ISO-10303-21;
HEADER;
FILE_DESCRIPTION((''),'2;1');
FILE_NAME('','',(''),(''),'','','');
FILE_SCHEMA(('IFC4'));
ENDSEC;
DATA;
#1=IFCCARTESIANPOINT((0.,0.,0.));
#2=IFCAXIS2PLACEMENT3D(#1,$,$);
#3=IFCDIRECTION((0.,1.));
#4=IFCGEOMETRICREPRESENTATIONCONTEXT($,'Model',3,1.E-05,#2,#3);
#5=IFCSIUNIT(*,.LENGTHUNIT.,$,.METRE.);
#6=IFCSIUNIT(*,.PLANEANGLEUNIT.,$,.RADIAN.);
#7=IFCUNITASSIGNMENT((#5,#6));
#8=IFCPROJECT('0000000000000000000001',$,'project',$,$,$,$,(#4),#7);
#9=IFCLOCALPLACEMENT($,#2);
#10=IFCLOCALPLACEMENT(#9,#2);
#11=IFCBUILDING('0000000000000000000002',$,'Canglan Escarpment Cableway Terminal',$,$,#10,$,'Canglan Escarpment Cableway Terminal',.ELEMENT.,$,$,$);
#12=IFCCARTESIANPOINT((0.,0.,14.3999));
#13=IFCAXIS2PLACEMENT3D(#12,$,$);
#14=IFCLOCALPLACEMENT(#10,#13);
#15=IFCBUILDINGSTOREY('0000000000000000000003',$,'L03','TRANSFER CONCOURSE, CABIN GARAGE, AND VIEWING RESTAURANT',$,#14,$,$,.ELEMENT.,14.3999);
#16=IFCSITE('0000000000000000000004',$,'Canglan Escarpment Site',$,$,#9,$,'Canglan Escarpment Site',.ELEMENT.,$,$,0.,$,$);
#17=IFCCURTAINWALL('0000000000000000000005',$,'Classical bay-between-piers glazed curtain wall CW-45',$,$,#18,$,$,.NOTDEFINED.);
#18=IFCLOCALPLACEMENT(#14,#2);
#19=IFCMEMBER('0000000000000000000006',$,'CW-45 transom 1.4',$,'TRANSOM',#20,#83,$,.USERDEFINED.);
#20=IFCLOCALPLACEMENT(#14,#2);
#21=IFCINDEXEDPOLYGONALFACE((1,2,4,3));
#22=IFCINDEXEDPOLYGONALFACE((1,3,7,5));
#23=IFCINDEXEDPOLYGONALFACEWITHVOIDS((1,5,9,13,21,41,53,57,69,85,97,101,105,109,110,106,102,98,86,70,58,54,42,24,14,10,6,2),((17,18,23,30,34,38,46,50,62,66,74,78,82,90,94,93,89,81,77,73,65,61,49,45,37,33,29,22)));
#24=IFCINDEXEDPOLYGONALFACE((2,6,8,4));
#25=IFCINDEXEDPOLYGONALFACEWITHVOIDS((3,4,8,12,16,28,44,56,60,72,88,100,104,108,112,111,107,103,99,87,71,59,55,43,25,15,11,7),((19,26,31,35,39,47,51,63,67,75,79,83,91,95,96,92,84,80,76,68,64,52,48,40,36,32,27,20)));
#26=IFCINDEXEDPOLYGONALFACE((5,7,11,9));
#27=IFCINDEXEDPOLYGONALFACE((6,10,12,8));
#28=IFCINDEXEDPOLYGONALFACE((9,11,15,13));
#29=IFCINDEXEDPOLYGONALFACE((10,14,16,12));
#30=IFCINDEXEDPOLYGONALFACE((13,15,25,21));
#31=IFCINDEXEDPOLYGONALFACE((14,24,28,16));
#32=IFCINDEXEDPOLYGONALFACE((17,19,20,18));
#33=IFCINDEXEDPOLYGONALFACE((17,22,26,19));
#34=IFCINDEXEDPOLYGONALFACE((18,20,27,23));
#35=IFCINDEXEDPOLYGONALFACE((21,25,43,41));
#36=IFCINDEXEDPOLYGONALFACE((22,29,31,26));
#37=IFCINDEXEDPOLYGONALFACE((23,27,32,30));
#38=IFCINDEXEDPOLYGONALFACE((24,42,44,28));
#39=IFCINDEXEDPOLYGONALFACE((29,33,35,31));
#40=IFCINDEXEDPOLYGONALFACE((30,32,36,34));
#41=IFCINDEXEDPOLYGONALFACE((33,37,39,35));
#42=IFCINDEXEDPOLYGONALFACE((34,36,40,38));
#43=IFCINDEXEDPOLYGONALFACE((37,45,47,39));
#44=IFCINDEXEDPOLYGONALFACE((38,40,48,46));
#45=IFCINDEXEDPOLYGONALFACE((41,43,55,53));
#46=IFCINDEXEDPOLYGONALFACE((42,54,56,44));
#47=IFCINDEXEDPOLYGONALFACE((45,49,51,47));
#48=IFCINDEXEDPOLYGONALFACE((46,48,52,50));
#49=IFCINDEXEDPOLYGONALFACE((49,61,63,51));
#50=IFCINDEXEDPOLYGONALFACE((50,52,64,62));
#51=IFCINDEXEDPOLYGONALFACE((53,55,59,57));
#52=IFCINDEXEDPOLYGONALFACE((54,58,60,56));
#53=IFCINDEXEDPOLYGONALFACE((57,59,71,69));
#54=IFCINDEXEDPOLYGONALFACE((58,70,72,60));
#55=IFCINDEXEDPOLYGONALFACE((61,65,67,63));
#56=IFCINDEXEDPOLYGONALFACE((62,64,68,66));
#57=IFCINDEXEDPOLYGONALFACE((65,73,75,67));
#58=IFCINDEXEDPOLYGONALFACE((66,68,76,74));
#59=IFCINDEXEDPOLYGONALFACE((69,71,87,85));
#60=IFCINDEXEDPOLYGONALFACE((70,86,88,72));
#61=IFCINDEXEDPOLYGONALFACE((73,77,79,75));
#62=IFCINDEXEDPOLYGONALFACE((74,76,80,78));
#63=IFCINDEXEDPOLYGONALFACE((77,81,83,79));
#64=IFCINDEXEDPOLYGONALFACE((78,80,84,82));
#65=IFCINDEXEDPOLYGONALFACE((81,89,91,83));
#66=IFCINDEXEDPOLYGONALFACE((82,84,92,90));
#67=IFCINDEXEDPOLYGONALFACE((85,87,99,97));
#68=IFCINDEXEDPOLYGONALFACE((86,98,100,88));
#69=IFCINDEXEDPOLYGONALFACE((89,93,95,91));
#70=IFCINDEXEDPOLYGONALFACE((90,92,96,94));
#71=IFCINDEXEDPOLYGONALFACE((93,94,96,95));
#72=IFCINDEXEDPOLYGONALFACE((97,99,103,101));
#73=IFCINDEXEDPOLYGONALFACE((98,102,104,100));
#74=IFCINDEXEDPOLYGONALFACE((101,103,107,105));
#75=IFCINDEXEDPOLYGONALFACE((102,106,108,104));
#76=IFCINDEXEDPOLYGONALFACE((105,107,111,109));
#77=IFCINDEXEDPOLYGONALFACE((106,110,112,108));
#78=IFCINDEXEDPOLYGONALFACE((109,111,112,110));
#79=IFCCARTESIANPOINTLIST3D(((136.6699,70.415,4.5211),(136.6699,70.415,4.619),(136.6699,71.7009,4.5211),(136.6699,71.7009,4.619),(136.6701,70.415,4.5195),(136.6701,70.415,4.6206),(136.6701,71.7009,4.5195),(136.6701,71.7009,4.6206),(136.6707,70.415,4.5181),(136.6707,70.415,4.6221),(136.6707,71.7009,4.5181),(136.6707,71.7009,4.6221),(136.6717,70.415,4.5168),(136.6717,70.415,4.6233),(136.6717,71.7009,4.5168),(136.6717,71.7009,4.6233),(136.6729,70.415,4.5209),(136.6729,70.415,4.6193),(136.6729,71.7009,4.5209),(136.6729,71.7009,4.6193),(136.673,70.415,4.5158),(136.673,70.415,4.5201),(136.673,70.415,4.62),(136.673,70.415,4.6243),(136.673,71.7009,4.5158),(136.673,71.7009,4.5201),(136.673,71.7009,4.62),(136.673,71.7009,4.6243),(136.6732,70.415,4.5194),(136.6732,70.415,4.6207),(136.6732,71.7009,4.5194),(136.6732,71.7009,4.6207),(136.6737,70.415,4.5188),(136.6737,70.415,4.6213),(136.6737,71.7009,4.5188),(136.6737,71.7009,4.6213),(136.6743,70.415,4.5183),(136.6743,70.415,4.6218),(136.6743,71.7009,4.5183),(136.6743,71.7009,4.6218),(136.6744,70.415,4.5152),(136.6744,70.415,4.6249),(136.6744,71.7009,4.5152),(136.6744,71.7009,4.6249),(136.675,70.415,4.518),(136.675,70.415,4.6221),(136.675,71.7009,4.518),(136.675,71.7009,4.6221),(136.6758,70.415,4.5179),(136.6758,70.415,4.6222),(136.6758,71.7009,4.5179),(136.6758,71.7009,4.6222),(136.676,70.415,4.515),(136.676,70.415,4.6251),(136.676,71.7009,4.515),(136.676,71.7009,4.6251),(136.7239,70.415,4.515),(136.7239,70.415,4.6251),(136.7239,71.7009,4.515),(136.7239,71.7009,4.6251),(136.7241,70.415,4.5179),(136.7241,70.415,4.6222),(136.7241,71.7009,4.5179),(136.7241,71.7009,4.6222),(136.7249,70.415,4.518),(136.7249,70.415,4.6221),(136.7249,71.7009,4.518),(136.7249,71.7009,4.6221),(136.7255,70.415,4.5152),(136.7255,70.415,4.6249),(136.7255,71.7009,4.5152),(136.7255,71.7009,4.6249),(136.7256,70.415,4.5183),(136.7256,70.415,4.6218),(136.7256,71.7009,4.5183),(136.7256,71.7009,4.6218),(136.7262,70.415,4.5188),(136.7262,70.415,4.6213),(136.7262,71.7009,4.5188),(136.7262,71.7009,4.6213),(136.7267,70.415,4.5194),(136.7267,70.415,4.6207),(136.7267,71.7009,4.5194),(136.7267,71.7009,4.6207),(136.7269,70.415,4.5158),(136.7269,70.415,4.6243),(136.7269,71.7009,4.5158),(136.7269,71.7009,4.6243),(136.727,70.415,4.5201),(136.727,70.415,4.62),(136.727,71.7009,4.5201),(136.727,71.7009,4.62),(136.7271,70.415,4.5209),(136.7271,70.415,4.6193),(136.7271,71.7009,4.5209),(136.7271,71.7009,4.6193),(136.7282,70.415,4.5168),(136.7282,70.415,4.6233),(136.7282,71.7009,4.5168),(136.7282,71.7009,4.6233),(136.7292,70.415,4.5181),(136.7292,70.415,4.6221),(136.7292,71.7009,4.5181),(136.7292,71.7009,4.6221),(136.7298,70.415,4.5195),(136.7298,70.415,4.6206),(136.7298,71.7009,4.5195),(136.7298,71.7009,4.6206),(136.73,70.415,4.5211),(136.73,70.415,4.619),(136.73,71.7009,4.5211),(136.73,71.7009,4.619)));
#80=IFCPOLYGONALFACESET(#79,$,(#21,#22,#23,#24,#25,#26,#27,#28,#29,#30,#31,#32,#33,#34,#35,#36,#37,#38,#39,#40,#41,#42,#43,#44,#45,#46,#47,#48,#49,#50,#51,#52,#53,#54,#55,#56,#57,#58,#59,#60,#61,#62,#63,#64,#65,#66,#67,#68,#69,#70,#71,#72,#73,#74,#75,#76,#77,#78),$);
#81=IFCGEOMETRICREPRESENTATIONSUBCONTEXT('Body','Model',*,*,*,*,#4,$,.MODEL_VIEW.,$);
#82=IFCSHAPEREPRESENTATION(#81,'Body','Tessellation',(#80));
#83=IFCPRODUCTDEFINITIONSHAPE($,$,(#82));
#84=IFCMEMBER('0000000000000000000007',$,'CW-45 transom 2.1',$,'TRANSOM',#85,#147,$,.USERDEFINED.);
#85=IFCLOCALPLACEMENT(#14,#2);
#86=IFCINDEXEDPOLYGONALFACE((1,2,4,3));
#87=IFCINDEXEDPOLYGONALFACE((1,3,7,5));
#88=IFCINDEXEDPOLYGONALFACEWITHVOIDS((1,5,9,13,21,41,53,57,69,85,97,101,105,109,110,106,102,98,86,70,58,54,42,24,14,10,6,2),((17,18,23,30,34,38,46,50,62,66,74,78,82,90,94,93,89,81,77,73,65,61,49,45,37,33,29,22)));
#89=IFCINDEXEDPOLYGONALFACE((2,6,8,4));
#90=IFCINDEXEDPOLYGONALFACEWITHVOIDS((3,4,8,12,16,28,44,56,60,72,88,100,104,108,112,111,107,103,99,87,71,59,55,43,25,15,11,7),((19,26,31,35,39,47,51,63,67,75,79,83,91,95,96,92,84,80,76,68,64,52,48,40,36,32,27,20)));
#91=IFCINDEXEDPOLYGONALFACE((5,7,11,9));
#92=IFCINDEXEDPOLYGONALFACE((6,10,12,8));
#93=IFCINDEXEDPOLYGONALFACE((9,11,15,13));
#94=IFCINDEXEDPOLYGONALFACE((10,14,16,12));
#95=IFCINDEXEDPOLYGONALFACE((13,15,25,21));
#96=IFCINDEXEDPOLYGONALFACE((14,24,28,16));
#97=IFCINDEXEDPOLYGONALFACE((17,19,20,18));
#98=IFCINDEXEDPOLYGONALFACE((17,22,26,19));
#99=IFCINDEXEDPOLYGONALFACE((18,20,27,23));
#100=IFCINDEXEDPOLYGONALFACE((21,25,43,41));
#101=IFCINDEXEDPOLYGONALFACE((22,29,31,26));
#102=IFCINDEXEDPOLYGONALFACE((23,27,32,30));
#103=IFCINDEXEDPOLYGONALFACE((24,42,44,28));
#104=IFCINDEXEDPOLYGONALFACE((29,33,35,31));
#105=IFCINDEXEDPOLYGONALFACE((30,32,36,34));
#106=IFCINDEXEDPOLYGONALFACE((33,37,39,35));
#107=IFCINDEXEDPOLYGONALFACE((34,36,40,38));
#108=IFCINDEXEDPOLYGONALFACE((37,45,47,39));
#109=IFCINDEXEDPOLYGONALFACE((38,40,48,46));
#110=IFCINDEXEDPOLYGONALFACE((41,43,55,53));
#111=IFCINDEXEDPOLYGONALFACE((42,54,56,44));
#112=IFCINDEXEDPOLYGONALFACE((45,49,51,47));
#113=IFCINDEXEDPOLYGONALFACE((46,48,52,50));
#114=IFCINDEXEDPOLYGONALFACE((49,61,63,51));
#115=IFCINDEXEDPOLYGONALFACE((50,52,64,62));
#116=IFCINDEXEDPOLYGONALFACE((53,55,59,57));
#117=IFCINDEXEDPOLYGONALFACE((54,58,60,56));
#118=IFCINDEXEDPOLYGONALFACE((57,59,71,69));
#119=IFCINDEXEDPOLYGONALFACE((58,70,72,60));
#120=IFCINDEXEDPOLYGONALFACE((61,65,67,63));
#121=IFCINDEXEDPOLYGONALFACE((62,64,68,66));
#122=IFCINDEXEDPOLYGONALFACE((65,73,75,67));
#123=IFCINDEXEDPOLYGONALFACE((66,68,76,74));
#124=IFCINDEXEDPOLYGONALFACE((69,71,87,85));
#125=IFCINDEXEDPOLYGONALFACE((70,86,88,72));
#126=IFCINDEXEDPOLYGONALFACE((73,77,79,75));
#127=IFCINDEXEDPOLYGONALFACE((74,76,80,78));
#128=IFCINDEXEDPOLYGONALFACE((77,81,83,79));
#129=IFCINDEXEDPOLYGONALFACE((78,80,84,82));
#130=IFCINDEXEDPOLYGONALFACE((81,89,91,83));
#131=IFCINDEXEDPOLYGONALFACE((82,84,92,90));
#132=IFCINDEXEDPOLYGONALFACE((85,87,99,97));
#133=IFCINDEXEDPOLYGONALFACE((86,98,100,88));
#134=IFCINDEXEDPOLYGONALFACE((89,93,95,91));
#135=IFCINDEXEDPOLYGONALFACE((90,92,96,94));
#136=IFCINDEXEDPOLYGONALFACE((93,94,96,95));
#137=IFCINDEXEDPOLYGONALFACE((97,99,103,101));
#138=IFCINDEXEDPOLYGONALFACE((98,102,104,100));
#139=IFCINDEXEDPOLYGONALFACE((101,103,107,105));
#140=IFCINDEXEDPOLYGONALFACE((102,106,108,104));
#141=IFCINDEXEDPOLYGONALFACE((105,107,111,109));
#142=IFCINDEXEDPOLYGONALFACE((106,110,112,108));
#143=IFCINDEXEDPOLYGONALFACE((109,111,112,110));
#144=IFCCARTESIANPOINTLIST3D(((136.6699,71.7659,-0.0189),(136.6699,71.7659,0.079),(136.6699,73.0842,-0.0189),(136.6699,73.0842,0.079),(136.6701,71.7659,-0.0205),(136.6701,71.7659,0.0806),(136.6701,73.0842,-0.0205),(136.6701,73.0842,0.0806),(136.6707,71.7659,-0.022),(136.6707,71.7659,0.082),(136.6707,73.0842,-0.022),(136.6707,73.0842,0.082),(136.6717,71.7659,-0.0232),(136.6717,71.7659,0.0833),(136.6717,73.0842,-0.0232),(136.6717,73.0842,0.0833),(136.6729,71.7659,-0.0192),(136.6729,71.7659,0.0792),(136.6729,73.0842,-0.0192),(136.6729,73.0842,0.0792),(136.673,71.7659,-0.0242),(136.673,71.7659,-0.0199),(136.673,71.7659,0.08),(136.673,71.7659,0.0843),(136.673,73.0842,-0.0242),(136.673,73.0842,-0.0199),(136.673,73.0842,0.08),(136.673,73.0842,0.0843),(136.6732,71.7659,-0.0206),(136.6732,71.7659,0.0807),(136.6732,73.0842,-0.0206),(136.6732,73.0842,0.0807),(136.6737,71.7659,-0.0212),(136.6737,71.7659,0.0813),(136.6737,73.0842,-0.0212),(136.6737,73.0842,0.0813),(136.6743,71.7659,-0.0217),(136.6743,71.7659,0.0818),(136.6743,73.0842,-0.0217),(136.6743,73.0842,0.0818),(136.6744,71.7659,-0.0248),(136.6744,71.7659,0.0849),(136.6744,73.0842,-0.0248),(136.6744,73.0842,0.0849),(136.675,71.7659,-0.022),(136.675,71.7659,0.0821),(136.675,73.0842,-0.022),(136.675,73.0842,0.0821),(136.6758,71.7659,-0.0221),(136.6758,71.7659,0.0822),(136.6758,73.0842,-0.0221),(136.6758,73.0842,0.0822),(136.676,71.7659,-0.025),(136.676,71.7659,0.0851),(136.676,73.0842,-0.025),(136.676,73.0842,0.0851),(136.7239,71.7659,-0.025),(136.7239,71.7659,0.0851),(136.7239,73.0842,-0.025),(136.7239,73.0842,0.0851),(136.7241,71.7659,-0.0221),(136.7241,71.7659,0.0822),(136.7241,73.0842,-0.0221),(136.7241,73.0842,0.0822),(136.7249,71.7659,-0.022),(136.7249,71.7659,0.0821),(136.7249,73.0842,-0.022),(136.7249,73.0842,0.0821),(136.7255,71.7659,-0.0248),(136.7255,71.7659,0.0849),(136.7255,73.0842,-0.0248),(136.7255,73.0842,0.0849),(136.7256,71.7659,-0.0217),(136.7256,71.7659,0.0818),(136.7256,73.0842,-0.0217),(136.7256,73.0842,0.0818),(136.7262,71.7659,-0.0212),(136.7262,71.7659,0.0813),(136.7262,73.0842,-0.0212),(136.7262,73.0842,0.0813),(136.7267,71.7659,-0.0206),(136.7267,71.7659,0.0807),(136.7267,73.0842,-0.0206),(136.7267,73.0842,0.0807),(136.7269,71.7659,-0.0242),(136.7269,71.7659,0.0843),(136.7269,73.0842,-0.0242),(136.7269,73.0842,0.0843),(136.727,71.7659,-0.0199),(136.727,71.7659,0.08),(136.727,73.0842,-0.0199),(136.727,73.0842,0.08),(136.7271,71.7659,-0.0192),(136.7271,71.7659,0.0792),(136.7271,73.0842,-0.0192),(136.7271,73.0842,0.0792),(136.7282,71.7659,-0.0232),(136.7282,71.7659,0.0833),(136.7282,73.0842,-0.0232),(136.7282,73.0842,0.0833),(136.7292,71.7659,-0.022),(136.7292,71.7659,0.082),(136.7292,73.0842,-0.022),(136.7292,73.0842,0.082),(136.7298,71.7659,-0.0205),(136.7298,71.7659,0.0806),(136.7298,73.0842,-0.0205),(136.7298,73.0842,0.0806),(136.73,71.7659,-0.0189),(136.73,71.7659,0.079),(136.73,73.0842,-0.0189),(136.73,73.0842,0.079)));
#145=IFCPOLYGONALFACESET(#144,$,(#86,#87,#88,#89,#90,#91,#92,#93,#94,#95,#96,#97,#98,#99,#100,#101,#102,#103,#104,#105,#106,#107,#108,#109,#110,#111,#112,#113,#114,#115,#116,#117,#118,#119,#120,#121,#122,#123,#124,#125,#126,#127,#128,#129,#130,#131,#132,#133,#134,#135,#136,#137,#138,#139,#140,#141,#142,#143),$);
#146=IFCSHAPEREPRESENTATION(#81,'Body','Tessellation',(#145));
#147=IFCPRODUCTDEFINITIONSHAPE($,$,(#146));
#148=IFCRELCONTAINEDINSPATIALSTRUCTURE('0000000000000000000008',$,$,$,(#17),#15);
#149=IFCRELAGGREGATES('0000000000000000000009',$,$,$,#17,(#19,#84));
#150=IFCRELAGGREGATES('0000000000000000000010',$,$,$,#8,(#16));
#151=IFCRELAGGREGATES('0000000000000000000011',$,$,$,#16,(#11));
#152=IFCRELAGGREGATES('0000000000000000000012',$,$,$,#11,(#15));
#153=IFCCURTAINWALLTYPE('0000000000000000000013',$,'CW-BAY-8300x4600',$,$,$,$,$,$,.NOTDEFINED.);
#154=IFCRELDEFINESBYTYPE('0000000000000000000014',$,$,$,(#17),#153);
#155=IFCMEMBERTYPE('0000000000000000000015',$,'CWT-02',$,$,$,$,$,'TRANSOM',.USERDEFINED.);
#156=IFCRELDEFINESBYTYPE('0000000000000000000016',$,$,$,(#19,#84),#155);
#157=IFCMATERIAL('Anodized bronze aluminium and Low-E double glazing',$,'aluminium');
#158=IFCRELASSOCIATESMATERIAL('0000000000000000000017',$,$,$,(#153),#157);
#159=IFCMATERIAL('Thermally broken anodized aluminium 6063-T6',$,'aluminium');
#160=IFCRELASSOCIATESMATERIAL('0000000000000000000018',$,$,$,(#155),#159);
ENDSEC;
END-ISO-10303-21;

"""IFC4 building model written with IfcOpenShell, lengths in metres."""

from ifc_helpers import new_model, si_unit, direction, frame, origin, origin_2d, place, context, subcontext, project, spatial, hollow_rectangle, extrude, material, material_profile, profile_set, type_object, element, aggregate, save


model = new_model("IFC4")

# Units and contexts
model_context = context("Model", 3, precision=1e-05, world=origin(), true_north=direction((0.0, 1.0)))
body_context = subcontext(model_context, "Body", "Model", "MODEL_VIEW")
ifc_project = project(units=[si_unit("LENGTHUNIT", "METRE"), si_unit("PLANEANGLEUNIT", "RADIAN")], contexts=[model_context])

# Site, building, storey
site_placement = place(None, origin())
site = spatial("IfcSite", under=ifc_project, at=site_placement, Name="Canglan Escarpment Site", LongName="Canglan Escarpment Site", CompositionType="ELEMENT", RefElevation=0.0)
building_placement = place(site_placement, origin())
building = spatial("IfcBuilding", under=site, at=building_placement, Name="Canglan Escarpment Cableway Terminal", LongName="Canglan Escarpment Cableway Terminal", CompositionType="ELEMENT")
storey_placement = place(building_placement, frame((0.0, 0.0, 14.3999)))
storey = spatial("IfcBuildingStorey", under=building, at=storey_placement, Name="L03", Description="TRANSFER CONCOURSE, CABIN GARAGE, AND VIEWING RESTAURANT", CompositionType="ELEMENT", Elevation=14.3999)

# Curtain wall, members
ifc_material_1 = material(Name="Anodized bronze aluminium and Low-E double glazing", Category="aluminium")
curtain_wall_type = type_object("IfcCurtainWallType", Name="CW-BAY-8300x4600", PredefinedType="NOTDEFINED", material=ifc_material_1)
curtain_wall_placement = place(storey_placement, origin())
curtain_wall = element("IfcCurtainWall", 1, at=curtain_wall_placement, inside=storey, type_object=curtain_wall_type, Name="Classical bay-between-piers glazed curtain wall CW-45", PredefinedType="NOTDEFINED")
ifc_material_2 = material(Name="Thermally broken anodized aluminium 6063-T6", Category="aluminium")
ifc_material_profile_1 = material_profile(ifc_material_2, hollow_rectangle(XDim=0.0601, YDim=0.1101, WallThickness=0.0029, InnerFilletRadius=0.0029, OuterFilletRadius=0.0061, at=origin_2d()), Name="ALU-TRAN 60x110x3")
ifc_profile_set_1 = profile_set([ifc_material_profile_1], Name="Thermally broken anodized aluminium 6063-T6")
member_type_1 = type_object("IfcMemberType", Name="CWT-02", ElementType="TRANSOM", PredefinedType="USERDEFINED", material=ifc_profile_set_1)
member_1_placement = place(storey_placement, frame((136.7, 70.415, 4.5701), z_axis=(0.0, 1.0, 0.0), x_axis=(-1.0, 0.0, 0.0)))
member_1 = element("IfcMember", 2, at=member_1_placement, type_object=member_type_1, Name="CW-45 transom 1.4", ObjectType="TRANSOM", PredefinedType="USERDEFINED", context=body_context, shape_type="SweptSolid", body=[
    extrude(hollow_rectangle(XDim=0.0601, YDim=0.1101, WallThickness=0.0029, InnerFilletRadius=0.0029, OuterFilletRadius=0.0061, at=origin_2d()), origin(), (0.0, 0.0, 1.0), 1.2859),
])
member_2_placement = place(storey_placement, frame((136.7, 71.7659, 0.03), z_axis=(0.0, 1.0, 0.0), x_axis=(-1.0, 0.0, 0.0)))
member_2 = element("IfcMember", 3, at=member_2_placement, type_object=member_type_1, Name="CW-45 transom 2.1", ObjectType="TRANSOM", PredefinedType="USERDEFINED", context=body_context, shape_type="SweptSolid", body=[
    extrude(hollow_rectangle(XDim=0.0601, YDim=0.1101, WallThickness=0.0029, InnerFilletRadius=0.0029, OuterFilletRadius=0.0061, at=origin_2d()), origin(), (0.0, 0.0, 1.0), 1.3184),
])
aggregate(curtain_wall, [member_1, member_2])

save(model, "model.ifc")
